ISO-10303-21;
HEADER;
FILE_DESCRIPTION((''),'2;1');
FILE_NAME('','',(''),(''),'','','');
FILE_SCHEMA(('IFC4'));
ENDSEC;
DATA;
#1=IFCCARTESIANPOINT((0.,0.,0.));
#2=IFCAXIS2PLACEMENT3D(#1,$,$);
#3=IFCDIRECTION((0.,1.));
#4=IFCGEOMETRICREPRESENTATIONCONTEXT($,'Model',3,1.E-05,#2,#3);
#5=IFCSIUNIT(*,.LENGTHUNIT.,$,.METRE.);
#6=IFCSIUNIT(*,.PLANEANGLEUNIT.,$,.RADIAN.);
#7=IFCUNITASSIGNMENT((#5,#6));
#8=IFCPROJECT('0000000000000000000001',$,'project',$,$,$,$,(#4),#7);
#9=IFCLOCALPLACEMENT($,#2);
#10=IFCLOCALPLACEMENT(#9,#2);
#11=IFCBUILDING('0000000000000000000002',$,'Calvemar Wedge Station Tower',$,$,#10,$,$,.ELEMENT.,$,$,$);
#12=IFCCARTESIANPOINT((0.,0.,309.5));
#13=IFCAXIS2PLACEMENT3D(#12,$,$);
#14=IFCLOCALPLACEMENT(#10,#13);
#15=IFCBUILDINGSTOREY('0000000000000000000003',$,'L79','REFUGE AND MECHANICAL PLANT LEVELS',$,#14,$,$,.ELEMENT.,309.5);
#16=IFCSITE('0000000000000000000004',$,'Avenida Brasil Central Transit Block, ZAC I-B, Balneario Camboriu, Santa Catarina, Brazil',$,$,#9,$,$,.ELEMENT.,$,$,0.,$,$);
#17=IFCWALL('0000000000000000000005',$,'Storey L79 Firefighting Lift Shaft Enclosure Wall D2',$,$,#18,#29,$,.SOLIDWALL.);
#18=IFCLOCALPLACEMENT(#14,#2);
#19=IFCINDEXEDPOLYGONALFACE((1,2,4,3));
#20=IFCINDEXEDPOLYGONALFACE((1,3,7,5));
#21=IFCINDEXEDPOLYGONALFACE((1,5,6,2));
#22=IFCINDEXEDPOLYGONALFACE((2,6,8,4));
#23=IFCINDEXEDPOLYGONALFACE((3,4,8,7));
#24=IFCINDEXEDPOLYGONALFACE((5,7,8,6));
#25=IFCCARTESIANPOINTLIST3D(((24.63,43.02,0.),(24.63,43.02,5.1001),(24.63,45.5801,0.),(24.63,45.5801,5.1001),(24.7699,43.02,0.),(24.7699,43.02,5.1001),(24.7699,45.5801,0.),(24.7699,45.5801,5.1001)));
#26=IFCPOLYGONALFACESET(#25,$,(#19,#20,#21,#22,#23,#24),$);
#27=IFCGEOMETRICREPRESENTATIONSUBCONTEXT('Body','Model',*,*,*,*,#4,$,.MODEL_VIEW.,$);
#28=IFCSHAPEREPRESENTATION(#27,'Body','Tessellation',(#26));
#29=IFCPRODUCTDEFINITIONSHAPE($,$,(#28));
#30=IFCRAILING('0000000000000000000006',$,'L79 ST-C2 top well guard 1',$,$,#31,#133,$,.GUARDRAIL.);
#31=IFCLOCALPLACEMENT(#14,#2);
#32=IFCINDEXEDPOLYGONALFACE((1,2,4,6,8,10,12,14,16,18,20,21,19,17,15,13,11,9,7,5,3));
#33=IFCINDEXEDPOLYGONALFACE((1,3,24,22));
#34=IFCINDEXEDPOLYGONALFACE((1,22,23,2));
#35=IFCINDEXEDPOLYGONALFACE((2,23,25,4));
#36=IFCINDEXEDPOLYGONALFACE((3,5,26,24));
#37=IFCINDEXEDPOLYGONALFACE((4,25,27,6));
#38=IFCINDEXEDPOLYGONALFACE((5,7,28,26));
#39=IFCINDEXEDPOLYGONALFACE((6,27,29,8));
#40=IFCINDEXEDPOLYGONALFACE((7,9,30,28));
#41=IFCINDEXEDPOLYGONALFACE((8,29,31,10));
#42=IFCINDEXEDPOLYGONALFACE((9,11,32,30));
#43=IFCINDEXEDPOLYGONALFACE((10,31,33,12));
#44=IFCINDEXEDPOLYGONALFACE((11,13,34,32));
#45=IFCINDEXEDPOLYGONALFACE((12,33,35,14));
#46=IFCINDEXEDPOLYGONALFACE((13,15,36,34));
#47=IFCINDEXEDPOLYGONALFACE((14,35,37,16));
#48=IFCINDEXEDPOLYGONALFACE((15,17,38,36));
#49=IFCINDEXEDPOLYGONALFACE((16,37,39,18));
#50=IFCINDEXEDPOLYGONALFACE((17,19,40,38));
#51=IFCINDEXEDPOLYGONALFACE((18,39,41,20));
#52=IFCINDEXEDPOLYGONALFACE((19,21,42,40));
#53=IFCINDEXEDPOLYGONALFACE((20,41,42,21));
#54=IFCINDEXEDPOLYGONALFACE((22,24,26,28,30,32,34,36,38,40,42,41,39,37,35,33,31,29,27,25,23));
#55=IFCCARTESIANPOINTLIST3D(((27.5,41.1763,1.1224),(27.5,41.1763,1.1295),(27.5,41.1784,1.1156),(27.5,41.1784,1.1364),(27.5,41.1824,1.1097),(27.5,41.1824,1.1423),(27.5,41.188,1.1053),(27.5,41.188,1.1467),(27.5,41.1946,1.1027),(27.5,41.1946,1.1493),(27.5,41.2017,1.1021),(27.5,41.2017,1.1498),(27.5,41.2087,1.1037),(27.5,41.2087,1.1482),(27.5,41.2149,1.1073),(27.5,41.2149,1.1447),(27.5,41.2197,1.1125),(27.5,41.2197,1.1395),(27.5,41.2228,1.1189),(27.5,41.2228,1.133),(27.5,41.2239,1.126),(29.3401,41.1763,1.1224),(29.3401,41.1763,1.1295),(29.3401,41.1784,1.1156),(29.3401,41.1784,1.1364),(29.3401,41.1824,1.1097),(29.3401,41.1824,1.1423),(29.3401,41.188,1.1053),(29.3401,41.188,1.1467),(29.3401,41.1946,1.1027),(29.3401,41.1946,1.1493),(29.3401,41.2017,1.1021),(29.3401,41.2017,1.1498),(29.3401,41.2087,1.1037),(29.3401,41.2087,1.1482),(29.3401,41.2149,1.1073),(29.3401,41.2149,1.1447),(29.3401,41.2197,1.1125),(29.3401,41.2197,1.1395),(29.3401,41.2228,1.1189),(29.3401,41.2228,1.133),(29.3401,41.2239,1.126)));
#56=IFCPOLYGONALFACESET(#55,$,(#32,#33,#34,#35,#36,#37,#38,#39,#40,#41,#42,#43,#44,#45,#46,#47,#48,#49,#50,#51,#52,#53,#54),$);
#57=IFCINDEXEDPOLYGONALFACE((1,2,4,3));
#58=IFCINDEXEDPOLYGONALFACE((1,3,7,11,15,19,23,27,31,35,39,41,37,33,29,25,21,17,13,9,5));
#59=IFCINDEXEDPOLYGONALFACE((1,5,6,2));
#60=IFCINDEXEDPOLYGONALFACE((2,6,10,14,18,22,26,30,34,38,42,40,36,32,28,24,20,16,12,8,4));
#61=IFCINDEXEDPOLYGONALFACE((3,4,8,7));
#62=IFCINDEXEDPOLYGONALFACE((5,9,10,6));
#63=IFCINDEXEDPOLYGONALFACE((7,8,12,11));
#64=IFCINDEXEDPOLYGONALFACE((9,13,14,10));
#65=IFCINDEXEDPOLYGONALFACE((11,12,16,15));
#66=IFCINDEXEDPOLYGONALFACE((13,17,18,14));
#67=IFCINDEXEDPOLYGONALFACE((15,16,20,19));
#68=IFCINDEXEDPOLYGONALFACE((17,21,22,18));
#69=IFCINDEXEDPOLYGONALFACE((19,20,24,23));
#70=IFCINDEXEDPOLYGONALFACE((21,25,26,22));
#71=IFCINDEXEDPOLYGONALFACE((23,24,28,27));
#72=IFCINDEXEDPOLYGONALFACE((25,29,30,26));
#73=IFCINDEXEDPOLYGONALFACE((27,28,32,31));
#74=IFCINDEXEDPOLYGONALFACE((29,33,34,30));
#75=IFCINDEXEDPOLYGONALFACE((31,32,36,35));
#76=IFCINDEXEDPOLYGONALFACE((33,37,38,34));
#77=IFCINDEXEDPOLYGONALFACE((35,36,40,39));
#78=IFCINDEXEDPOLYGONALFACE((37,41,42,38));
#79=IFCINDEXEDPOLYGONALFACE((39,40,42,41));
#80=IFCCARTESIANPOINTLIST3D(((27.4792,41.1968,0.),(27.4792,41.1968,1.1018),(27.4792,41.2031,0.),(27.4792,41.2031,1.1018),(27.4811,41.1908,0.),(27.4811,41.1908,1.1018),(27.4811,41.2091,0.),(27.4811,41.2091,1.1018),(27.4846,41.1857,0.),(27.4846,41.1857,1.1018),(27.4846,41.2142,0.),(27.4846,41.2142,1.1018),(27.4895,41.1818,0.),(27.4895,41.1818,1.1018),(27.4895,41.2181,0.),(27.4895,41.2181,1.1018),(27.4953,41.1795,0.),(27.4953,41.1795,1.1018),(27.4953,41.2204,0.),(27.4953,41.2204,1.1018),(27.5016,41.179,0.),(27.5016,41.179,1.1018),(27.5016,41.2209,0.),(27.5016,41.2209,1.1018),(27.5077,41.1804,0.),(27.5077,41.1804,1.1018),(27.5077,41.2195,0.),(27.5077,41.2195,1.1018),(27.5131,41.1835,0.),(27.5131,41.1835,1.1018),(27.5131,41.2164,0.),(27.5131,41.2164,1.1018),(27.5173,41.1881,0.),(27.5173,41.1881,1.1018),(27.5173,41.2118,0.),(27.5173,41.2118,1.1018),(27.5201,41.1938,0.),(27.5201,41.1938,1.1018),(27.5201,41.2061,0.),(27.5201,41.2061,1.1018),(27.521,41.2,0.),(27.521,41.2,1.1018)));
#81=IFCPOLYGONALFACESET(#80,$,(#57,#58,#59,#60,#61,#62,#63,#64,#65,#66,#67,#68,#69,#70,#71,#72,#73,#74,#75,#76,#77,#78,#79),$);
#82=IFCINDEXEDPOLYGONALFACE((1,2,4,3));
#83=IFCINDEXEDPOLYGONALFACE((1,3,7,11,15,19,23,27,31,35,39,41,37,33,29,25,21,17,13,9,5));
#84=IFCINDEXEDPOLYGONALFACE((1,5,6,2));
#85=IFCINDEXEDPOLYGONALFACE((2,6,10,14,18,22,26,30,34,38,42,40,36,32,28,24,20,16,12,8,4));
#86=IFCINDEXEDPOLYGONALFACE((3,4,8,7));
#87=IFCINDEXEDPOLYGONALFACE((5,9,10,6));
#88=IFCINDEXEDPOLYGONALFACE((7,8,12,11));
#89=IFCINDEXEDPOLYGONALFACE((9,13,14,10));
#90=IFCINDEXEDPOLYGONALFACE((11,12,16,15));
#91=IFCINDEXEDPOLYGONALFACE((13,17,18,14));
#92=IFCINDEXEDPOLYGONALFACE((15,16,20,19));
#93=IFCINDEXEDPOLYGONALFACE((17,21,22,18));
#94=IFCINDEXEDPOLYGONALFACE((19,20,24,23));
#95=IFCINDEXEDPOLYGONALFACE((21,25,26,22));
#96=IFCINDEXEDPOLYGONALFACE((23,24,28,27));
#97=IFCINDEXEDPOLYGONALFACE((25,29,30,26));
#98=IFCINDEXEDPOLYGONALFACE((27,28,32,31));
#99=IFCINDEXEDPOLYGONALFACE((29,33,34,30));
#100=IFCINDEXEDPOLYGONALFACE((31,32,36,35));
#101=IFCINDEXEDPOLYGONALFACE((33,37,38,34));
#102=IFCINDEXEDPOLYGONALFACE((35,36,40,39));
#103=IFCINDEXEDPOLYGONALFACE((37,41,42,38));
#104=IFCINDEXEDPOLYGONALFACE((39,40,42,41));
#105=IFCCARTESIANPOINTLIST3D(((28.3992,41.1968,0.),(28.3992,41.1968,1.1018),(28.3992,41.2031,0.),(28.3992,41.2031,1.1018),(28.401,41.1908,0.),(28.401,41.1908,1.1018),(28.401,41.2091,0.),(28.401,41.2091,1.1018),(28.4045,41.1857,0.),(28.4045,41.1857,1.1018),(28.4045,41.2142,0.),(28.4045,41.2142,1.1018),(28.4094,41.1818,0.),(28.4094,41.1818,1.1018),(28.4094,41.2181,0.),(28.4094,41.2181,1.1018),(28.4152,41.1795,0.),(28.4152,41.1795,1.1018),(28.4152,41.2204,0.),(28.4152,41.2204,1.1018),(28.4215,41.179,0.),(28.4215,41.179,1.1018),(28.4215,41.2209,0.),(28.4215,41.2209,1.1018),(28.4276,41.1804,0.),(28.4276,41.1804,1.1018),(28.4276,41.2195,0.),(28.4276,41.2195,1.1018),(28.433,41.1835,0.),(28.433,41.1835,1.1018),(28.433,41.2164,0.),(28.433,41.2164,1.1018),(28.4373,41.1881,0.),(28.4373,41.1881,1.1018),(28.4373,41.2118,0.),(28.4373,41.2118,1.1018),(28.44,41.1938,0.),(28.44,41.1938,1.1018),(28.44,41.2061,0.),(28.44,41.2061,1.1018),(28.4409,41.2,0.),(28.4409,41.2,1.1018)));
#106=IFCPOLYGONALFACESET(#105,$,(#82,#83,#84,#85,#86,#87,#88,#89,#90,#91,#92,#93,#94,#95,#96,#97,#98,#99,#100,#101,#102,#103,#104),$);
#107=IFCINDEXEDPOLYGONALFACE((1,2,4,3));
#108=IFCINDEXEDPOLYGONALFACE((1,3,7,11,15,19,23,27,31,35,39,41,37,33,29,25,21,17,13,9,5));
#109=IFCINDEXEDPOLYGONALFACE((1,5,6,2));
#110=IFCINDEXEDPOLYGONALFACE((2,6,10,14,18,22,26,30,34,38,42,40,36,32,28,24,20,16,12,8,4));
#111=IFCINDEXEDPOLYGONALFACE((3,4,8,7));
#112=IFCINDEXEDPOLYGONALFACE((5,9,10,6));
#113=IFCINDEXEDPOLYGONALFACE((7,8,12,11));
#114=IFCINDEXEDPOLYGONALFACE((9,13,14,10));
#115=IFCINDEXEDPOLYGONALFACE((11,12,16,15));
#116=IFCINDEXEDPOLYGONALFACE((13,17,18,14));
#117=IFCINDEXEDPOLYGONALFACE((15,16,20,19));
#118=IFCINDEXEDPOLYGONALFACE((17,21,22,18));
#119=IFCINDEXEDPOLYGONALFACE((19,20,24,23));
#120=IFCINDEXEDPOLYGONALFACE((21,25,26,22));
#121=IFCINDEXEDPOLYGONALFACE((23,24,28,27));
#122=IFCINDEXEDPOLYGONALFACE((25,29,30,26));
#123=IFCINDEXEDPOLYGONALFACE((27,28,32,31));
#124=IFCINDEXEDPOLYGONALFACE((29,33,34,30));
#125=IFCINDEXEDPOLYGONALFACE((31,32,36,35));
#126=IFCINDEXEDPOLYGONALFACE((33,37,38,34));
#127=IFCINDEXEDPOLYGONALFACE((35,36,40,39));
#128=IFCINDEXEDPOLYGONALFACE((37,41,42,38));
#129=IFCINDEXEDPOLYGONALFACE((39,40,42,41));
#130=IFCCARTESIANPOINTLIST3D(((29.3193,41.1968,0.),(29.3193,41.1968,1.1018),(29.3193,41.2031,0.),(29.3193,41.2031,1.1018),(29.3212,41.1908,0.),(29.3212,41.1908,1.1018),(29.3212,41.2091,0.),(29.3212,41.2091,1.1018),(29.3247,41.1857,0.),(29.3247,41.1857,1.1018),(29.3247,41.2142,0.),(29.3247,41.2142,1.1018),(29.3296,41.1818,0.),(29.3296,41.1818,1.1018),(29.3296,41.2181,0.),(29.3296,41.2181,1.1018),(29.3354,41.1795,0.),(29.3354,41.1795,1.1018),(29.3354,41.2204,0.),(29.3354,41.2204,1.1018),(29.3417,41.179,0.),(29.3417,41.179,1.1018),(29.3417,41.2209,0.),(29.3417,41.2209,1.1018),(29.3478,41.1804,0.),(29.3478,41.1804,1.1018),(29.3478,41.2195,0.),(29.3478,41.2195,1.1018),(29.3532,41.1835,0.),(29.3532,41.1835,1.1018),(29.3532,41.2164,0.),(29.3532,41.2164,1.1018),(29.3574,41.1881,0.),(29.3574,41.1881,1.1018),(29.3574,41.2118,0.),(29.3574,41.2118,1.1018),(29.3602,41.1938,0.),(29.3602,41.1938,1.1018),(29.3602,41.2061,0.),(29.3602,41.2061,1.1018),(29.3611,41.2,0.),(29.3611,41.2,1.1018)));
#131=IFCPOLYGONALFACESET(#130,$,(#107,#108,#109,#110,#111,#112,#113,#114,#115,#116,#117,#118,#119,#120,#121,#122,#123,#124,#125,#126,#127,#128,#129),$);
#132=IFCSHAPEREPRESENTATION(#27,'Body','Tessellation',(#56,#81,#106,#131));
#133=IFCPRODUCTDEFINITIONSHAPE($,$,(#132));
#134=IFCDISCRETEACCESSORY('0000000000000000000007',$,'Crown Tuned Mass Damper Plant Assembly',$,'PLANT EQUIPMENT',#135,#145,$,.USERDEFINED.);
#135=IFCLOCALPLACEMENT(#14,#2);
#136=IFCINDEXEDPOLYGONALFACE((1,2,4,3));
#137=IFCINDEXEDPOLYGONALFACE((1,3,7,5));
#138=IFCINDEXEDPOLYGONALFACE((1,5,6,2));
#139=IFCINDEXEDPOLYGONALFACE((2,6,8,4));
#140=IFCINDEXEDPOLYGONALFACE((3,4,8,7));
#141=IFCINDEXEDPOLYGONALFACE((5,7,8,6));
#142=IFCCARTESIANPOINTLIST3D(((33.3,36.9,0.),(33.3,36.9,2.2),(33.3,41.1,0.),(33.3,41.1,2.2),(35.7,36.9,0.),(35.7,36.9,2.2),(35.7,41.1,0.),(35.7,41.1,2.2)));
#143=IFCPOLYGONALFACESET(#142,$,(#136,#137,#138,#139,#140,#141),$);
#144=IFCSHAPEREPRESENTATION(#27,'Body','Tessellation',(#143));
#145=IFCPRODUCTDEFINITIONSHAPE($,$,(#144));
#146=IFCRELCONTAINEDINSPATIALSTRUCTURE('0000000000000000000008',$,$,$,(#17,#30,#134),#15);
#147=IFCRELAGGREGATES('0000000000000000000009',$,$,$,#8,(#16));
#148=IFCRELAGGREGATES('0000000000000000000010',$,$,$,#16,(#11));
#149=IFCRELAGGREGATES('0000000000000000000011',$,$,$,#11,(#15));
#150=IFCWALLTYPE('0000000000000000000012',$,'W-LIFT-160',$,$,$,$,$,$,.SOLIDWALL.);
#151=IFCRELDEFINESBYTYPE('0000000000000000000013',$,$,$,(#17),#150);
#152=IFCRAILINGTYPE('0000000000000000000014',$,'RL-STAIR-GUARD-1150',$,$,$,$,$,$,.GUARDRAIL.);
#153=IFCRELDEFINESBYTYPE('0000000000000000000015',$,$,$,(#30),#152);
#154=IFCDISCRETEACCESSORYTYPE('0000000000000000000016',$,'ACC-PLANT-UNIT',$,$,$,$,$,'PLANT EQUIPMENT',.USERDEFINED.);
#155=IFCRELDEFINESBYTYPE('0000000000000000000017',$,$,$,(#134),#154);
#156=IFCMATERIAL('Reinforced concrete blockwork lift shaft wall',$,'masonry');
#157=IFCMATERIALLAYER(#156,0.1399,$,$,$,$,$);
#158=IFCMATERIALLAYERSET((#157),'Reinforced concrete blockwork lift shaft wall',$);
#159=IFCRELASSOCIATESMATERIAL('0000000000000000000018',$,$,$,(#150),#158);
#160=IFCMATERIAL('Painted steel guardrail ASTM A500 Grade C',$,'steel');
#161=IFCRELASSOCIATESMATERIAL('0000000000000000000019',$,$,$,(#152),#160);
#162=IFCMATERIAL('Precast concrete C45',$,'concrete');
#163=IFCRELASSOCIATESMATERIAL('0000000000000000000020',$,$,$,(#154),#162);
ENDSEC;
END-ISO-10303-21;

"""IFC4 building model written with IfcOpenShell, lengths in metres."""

from ifc_helpers import new_model, si_unit, direction, frame, frame_2d, origin, origin_2d, place, context, subcontext, project, spatial, rectangle, circle, extrude, source, transform, mapped, material, layer, layer_set, type_object, element, save


model = new_model("IFC4")

# Units and contexts
model_context = context("Model", 3, precision=1e-05, world=origin(), true_north=direction((0.0, 1.0)))
body_context = subcontext(model_context, "Body", "Model", "MODEL_VIEW")
ifc_project = project(units=[si_unit("LENGTHUNIT", "METRE"), si_unit("PLANEANGLEUNIT", "RADIAN")], contexts=[model_context])

# Site, building, storey
site_placement = place(None, origin())
site = spatial("IfcSite", under=ifc_project, at=site_placement, Name="Avenida Brasil Central Transit Block, ZAC I-B, Balneario Camboriu, Santa Catarina, Brazil", CompositionType="ELEMENT", RefElevation=0.0)
building_placement = place(site_placement, origin())
building = spatial("IfcBuilding", under=site, at=building_placement, Name="Calvemar Wedge Station Tower", CompositionType="ELEMENT")
storey_placement = place(building_placement, frame((0.0, 0.0, 309.5)))
storey = spatial("IfcBuildingStorey", under=building, at=storey_placement, Name="L79", Description="REFUGE AND MECHANICAL PLANT LEVELS", CompositionType="ELEMENT", Elevation=309.5)

# Wall
ifc_material_1 = material(Name="Precast concrete C45", Category="concrete")
ifc_material_2 = material(Name="Reinforced concrete blockwork lift shaft wall", Category="masonry")
ifc_layer_1 = layer(ifc_material_2, 0.1399)
ifc_layer_set_1 = layer_set([ifc_layer_1], Name="Reinforced concrete blockwork lift shaft wall")
wall_type_1 = type_object("IfcWallType", Name="W-LIFT-160", PredefinedType="SOLIDWALL", material=ifc_layer_set_1)
wall_1_placement = place(storey_placement, frame((24.7, 43.02, 0.0), z_axis=(0.0, 0.0, 1.0), x_axis=(0.0, 1.0, 0.0)))
element("IfcWall", 1, at=wall_1_placement, inside=storey, type_object=wall_type_1, Name="Storey L79 Firefighting Lift Shaft Enclosure Wall D2", PredefinedType="SOLIDWALL", context=body_context, shape_type="SweptSolid", body=[
    extrude(rectangle(XDim=2.5601, YDim=0.1399, at=frame_2d((1.28, 0.0))), origin(), (0.0, 0.0, 1.0), 5.1001),
])

# Railing
ifc_material_3 = material(Name="Painted steel guardrail ASTM A500 Grade C", Category="steel")
railing_type = type_object("IfcRailingType", Name="RL-STAIR-GUARD-1150", PredefinedType="GUARDRAIL", material=ifc_material_3)
railing_placement = place(storey_placement, frame((27.5, 41.2, 0.0)))
element("IfcRailing", 2, at=railing_placement, inside=storey, type_object=railing_type, Name="L79 ST-C2 top well guard 1", PredefinedType="GUARDRAIL", context=body_context, shape_type="SweptSolid", body=[
    extrude(circle(Radius=0.0239, at=origin_2d()), frame((0.0, 0.0, 1.126), z_axis=(1.0, 0.0, 0.0), x_axis=(0.0, 1.0, 0.0)), (0.0, 0.0, 1.0), 1.8401),
    extrude(circle(Radius=0.021, at=origin_2d()), origin(), (0.0, 0.0, 1.0), 1.1018),
    extrude(circle(Radius=0.021, at=origin_2d()), frame((0.9199, 0.0, 0.0)), (0.0, 0.0, 1.0), 1.1018),
    extrude(circle(Radius=0.021, at=origin_2d()), frame((1.8401, 0.0, 0.0)), (0.0, 0.0, 1.0), 1.1018),
])

# Discrete accessory
discrete_accessory_type = type_object("IfcDiscreteAccessoryType", Name="ACC-PLANT-UNIT", ElementType="PLANT EQUIPMENT", PredefinedType="USERDEFINED", material=ifc_material_1)
shared_shape_1 = source(origin(), body_context, "Body", "SweptSolid", [
    extrude(rectangle(XDim=2.3999, YDim=4.2, at=origin_2d()), origin(), (0.0, 0.0, 1.0), 2.2),
])
discrete_accessory_placement = place(storey_placement, frame((34.5, 39.0, 0.0), z_axis=(0.0, 0.0, 1.0), x_axis=(1.0, 0.0, 0.0)))
element("IfcDiscreteAccessory", 3, at=discrete_accessory_placement, inside=storey, type_object=discrete_accessory_type, Name="Crown Tuned Mass Damper Plant Assembly", ObjectType="PLANT EQUIPMENT", PredefinedType="USERDEFINED", context=body_context, shape_type="MappedRepresentation", body=[
    mapped(shared_shape_1, transform((0.0, 0.0, 0.0), scale=1.0)),
])

save(model, "model.ifc")
